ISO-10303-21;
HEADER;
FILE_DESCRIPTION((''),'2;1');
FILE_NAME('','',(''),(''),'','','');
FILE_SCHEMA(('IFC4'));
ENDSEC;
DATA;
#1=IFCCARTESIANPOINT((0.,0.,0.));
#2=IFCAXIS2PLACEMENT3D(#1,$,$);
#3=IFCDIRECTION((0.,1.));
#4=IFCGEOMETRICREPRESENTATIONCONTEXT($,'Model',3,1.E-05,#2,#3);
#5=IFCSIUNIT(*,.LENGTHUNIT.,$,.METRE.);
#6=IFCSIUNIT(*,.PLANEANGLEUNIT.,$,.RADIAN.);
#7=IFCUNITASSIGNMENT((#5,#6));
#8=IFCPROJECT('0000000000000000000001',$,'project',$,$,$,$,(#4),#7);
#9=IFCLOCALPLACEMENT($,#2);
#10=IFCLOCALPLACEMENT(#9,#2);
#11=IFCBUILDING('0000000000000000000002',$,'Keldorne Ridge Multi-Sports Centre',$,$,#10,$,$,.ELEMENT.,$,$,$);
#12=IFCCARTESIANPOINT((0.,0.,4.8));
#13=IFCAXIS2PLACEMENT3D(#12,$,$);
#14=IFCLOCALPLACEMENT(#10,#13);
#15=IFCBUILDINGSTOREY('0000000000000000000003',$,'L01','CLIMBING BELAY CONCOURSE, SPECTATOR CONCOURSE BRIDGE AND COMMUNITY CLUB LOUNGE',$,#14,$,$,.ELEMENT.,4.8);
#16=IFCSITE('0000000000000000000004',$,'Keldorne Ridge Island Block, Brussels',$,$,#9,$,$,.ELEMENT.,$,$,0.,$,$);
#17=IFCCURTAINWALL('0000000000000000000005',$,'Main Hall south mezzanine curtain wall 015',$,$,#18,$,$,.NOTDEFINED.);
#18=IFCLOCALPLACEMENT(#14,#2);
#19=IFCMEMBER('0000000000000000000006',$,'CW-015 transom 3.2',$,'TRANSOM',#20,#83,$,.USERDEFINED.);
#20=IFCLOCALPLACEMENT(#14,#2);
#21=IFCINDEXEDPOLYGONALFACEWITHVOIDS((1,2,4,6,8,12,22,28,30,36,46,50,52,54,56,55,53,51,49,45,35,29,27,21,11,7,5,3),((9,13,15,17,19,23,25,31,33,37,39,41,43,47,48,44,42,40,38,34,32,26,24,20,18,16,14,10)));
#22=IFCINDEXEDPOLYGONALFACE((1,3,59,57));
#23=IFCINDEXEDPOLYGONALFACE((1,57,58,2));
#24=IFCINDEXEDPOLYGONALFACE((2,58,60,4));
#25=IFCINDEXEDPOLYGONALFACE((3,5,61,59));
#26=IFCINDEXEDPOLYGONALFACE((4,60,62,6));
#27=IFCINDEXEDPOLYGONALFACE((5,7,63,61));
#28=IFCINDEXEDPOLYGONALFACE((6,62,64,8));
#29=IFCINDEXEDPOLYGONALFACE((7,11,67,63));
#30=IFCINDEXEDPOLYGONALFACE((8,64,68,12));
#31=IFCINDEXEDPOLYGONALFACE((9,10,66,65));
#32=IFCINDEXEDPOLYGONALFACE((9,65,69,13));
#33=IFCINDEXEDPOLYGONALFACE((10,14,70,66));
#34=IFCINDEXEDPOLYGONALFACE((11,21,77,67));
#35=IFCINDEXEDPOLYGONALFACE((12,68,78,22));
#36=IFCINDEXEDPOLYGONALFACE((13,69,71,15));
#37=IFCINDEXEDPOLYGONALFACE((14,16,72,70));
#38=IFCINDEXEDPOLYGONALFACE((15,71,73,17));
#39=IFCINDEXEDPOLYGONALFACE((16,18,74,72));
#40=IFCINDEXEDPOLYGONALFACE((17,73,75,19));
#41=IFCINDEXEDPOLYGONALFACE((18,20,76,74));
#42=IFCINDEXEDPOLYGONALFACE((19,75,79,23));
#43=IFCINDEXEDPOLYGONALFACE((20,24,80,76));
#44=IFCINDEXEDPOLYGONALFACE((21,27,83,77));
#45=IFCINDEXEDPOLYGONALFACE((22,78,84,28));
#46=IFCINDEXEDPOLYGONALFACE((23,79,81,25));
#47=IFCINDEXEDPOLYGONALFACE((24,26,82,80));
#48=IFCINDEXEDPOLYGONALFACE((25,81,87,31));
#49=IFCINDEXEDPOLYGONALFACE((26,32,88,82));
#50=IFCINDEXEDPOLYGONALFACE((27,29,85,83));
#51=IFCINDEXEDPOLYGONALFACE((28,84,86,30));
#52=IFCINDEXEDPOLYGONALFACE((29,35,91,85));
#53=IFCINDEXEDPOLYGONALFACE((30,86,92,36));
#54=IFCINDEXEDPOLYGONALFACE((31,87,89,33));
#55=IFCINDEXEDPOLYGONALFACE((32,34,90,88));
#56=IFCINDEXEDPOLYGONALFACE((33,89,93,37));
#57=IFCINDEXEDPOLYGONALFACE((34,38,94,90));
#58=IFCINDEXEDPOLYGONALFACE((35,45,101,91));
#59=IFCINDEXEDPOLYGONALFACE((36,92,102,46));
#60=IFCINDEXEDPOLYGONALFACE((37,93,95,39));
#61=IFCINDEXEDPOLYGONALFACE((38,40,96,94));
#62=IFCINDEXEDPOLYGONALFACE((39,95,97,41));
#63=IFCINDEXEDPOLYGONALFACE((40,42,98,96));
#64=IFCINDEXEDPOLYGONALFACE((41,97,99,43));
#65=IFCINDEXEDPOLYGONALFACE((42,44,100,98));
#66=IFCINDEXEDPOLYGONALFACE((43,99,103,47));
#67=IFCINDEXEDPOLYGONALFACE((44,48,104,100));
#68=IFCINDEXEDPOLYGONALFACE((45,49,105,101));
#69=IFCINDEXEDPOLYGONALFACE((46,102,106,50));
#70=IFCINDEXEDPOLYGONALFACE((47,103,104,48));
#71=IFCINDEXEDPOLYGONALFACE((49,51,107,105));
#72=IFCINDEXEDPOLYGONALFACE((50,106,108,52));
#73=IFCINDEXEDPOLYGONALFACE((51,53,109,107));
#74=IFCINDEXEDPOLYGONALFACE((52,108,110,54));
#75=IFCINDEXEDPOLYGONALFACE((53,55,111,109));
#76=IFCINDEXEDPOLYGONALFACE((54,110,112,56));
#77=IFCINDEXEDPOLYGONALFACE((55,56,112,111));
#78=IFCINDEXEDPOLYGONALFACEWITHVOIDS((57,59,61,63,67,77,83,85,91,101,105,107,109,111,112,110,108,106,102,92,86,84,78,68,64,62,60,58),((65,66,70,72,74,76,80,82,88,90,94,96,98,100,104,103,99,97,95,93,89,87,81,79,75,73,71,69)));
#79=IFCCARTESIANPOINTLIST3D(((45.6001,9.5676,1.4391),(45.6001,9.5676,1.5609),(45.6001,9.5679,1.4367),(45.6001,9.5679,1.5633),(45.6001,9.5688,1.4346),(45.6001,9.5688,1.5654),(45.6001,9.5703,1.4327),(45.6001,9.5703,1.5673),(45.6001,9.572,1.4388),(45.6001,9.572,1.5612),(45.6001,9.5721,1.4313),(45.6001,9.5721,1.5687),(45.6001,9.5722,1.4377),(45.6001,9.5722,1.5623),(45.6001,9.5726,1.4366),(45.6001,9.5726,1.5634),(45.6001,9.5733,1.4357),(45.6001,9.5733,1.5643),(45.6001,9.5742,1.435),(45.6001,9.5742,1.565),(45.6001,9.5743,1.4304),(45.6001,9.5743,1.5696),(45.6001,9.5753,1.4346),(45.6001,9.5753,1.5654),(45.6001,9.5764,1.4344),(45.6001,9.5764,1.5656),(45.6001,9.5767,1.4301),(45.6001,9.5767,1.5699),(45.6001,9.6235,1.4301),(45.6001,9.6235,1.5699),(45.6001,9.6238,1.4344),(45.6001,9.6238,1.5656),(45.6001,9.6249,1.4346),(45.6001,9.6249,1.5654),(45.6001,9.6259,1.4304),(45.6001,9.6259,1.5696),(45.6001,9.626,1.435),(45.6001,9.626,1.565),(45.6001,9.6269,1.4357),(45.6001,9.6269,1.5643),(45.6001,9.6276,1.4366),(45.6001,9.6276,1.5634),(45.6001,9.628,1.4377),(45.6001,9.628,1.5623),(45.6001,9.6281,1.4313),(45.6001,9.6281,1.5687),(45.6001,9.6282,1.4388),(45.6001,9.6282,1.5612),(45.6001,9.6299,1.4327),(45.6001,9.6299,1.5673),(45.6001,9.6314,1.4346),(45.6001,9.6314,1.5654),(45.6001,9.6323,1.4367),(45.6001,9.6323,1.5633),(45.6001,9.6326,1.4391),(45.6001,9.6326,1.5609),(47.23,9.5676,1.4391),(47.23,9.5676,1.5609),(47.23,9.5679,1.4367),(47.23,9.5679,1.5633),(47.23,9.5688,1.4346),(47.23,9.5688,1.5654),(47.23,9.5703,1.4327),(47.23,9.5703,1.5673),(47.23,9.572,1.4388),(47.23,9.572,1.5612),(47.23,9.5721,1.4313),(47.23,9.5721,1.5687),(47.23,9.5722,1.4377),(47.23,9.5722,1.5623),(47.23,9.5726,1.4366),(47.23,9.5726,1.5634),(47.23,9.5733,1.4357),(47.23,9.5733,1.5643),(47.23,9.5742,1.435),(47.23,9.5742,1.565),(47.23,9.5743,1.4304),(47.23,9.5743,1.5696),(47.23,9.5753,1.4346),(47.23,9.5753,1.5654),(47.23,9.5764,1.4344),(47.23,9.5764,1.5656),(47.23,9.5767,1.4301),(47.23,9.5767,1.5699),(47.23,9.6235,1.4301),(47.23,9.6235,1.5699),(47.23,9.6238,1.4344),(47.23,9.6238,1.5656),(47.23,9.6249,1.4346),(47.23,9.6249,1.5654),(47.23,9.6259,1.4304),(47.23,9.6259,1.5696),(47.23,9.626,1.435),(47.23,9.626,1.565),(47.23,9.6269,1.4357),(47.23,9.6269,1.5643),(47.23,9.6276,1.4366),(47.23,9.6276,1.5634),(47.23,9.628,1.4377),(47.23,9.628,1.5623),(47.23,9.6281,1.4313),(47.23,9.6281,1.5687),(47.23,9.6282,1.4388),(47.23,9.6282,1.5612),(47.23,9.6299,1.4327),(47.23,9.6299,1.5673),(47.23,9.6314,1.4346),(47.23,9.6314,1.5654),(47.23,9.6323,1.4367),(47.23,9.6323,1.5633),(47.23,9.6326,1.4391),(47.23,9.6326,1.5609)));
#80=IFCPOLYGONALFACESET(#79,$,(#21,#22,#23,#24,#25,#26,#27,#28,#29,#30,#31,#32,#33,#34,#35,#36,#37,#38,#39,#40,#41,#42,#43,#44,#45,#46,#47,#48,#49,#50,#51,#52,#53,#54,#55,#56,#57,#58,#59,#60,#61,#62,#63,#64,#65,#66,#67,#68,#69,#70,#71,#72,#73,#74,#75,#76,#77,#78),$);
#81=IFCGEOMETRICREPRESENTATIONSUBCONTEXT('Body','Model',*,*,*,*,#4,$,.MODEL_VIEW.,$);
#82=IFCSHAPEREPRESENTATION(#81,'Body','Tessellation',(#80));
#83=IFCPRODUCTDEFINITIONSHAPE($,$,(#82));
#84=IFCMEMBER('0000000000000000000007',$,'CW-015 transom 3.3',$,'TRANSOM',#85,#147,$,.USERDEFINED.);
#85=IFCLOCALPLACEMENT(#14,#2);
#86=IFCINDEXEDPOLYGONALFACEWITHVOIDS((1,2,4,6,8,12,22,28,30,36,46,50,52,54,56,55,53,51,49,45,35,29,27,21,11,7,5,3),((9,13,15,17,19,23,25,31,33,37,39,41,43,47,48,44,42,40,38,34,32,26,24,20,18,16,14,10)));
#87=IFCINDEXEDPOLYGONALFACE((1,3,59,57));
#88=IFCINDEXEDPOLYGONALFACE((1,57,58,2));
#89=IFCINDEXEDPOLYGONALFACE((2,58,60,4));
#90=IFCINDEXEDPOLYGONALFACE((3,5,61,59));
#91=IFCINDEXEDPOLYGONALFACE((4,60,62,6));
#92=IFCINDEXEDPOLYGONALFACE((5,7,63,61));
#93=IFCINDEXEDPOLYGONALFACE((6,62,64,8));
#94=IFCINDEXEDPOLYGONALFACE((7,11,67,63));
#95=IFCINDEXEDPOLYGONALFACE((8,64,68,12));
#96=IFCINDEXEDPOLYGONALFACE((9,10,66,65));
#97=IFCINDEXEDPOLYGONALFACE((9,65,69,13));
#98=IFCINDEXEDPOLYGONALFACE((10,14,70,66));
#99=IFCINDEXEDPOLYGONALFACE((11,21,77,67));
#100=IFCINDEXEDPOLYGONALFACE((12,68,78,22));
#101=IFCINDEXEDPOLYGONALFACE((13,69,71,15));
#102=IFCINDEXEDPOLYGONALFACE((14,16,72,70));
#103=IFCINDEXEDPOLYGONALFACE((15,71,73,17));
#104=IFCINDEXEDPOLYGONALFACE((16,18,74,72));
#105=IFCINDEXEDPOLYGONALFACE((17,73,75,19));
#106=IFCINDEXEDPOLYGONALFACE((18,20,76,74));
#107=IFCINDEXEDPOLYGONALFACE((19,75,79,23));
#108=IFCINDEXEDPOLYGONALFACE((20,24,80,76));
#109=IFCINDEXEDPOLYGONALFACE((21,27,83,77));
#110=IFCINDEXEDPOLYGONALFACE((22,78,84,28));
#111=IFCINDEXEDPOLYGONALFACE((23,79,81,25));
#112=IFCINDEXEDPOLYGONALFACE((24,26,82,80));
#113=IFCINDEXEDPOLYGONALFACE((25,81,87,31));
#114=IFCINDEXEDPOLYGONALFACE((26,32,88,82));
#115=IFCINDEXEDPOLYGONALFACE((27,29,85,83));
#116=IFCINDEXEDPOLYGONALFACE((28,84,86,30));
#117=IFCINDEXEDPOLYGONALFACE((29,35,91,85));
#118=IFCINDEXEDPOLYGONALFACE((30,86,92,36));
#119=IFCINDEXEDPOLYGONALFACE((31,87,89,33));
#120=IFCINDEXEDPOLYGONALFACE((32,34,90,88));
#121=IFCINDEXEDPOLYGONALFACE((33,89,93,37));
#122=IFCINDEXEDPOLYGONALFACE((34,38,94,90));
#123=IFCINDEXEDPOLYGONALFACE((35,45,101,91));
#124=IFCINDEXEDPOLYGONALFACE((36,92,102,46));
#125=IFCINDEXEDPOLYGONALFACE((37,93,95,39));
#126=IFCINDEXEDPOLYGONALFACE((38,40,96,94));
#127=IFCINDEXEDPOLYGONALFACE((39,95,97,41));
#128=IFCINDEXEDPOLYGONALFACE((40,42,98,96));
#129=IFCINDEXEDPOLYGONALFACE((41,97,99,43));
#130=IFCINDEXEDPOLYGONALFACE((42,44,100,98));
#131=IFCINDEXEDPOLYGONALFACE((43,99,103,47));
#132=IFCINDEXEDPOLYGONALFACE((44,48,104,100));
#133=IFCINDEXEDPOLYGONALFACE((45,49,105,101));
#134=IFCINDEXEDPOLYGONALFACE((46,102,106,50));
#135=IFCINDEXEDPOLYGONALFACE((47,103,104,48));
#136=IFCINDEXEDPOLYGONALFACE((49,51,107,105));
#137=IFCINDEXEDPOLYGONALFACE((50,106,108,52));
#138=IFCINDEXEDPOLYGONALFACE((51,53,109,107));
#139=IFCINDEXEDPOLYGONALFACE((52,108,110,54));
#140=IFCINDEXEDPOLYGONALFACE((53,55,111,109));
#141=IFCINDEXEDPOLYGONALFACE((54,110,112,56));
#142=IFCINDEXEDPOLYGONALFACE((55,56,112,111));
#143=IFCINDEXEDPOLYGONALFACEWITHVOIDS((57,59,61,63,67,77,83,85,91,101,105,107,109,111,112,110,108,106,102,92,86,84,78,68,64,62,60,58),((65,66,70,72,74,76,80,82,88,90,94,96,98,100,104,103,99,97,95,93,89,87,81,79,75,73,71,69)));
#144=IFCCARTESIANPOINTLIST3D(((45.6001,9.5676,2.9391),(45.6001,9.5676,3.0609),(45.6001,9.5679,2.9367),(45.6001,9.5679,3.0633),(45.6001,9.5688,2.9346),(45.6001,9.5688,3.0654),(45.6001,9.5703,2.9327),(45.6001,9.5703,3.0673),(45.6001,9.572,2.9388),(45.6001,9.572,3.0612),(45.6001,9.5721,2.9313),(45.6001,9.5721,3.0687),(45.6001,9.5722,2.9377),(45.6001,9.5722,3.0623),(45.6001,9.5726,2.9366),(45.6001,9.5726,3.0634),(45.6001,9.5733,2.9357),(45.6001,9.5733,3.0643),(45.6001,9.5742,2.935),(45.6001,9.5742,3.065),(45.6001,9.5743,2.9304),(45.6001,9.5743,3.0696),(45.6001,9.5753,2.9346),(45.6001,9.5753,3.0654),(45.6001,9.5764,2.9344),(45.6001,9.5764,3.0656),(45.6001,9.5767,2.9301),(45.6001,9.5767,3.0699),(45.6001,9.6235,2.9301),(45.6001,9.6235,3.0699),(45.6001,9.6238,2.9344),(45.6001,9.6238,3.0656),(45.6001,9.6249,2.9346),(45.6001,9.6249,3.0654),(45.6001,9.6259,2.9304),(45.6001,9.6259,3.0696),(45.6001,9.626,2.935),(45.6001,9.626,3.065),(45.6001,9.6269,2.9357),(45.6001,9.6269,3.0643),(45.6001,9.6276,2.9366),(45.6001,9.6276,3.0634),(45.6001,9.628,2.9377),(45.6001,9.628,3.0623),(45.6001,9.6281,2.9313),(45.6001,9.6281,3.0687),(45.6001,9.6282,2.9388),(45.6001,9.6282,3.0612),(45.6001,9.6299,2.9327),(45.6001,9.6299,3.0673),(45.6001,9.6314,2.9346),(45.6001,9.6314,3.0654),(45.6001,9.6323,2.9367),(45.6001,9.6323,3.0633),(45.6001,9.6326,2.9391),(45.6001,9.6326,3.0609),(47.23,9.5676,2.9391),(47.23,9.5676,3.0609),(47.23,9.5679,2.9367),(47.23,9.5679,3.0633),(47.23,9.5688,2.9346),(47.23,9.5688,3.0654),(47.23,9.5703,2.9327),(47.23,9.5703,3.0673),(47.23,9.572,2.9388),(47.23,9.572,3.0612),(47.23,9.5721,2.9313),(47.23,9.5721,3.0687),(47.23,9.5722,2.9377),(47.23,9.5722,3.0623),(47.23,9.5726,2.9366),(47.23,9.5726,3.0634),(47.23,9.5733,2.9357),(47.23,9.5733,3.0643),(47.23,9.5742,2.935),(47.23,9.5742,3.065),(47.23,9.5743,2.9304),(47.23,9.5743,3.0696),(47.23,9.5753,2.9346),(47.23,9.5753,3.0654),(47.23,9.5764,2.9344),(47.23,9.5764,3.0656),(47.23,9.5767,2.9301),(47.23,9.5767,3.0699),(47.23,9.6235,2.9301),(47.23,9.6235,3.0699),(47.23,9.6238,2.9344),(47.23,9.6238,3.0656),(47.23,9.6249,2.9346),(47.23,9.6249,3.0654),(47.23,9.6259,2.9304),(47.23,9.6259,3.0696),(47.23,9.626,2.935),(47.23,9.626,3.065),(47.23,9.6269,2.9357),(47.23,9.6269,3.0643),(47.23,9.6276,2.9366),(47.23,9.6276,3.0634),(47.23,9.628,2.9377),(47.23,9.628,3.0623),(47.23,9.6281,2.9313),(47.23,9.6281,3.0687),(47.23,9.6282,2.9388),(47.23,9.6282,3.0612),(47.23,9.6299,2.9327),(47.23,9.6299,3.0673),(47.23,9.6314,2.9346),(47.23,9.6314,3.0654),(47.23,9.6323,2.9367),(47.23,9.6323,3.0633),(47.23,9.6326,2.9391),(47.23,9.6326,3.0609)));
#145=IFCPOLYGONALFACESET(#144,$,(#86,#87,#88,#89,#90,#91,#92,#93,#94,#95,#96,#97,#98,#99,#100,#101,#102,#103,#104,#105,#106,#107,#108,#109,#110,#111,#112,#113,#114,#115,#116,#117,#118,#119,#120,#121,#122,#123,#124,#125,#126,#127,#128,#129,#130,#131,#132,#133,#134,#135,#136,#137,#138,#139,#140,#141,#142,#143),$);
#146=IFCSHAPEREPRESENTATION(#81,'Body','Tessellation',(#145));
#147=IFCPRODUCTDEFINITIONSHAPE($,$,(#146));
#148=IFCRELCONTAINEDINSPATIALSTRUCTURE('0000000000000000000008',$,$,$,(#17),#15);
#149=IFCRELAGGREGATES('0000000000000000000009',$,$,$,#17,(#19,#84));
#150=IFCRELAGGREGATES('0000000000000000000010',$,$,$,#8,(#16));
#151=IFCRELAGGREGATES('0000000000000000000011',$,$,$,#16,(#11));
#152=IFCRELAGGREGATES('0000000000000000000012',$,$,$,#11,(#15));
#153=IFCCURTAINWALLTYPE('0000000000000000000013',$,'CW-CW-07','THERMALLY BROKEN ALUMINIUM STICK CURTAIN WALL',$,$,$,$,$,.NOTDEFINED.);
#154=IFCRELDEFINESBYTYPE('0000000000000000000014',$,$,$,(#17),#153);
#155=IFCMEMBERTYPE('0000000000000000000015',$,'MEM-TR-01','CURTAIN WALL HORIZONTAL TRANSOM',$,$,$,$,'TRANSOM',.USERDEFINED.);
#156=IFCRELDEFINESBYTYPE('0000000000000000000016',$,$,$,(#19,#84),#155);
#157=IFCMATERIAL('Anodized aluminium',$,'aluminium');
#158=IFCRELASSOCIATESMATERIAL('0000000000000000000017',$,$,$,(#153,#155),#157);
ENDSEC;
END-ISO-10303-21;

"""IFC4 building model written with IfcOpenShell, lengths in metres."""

from ifc_helpers import new_model, si_unit, direction, frame, origin, origin_2d, place, context, subcontext, project, spatial, hollow_rectangle, extrude, material, material_profile, profile_set, type_object, element, aggregate, save


model = new_model("IFC4")

# Units and contexts
model_context = context("Model", 3, precision=1e-05, world=origin(), true_north=direction((0.0, 1.0)))
body_context = subcontext(model_context, "Body", "Model", "MODEL_VIEW")
ifc_project = project(units=[si_unit("LENGTHUNIT", "METRE"), si_unit("PLANEANGLEUNIT", "RADIAN")], contexts=[model_context])

# Site, building, storey
site_placement = place(None, origin())
site = spatial("IfcSite", under=ifc_project, at=site_placement, Name="Keldorne Ridge Island Block, Brussels", CompositionType="ELEMENT", RefElevation=0.0)
building_placement = place(site_placement, origin())
building = spatial("IfcBuilding", under=site, at=building_placement, Name="Keldorne Ridge Multi-Sports Centre", CompositionType="ELEMENT")
storey_placement = place(building_placement, frame((0.0, 0.0, 4.8)))
storey = spatial("IfcBuildingStorey", under=building, at=storey_placement, Name="L01", Description="CLIMBING BELAY CONCOURSE, SPECTATOR CONCOURSE BRIDGE AND COMMUNITY CLUB LOUNGE", CompositionType="ELEMENT", Elevation=4.8)

# Curtain wall, members
ifc_material_1 = material(Name="Anodized aluminium", Category="aluminium")
curtain_wall_type = type_object("IfcCurtainWallType", Name="CW-CW-07", Description="THERMALLY BROKEN ALUMINIUM STICK CURTAIN WALL", PredefinedType="NOTDEFINED", material=ifc_material_1)
curtain_wall_placement = place(storey_placement, origin())
curtain_wall = element("IfcCurtainWall", 1, at=curtain_wall_placement, inside=storey, type_object=curtain_wall_type, Name="Main Hall south mezzanine curtain wall 015", PredefinedType="NOTDEFINED")
ifc_material_profile_1 = material_profile(ifc_material_1, hollow_rectangle(XDim=0.0649, YDim=0.1399, WallThickness=0.0044, InnerFilletRadius=0.0044, OuterFilletRadius=0.009, at=origin_2d()), Name="ALU TRANSOM 140x65x4.5")
ifc_profile_set_1 = profile_set([ifc_material_profile_1], Name="Anodized aluminium")
member_type_1 = type_object("IfcMemberType", Name="MEM-TR-01", Description="CURTAIN WALL HORIZONTAL TRANSOM", ElementType="TRANSOM", PredefinedType="USERDEFINED", material=ifc_profile_set_1)
member_1_placement = place(storey_placement, frame((45.6001, 9.6001, 1.5), z_axis=(1.0, 0.0, 0.0), x_axis=(0.0, 1.0, 0.0)))
member_1 = element("IfcMember", 2, at=member_1_placement, type_object=member_type_1, Name="CW-015 transom 3.2", ObjectType="TRANSOM", PredefinedType="USERDEFINED", context=body_context, shape_type="SweptSolid", body=[
    extrude(hollow_rectangle(XDim=0.0649, YDim=0.1399, WallThickness=0.0044, InnerFilletRadius=0.0044, OuterFilletRadius=0.009, at=origin_2d()), origin(), (0.0, 0.0, 1.0), 1.6299),
])
member_2_placement = place(storey_placement, frame((45.6001, 9.6001, 3.0), z_axis=(1.0, 0.0, 0.0), x_axis=(0.0, 1.0, 0.0)))
member_2 = element("IfcMember", 3, at=member_2_placement, type_object=member_type_1, Name="CW-015 transom 3.3", ObjectType="TRANSOM", PredefinedType="USERDEFINED", context=body_context, shape_type="SweptSolid", body=[
    extrude(hollow_rectangle(XDim=0.0649, YDim=0.1399, WallThickness=0.0044, InnerFilletRadius=0.0044, OuterFilletRadius=0.009, at=origin_2d()), origin(), (0.0, 0.0, 1.0), 1.6299),
])
aggregate(curtain_wall, [member_1, member_2])

save(model, "model.ifc")
